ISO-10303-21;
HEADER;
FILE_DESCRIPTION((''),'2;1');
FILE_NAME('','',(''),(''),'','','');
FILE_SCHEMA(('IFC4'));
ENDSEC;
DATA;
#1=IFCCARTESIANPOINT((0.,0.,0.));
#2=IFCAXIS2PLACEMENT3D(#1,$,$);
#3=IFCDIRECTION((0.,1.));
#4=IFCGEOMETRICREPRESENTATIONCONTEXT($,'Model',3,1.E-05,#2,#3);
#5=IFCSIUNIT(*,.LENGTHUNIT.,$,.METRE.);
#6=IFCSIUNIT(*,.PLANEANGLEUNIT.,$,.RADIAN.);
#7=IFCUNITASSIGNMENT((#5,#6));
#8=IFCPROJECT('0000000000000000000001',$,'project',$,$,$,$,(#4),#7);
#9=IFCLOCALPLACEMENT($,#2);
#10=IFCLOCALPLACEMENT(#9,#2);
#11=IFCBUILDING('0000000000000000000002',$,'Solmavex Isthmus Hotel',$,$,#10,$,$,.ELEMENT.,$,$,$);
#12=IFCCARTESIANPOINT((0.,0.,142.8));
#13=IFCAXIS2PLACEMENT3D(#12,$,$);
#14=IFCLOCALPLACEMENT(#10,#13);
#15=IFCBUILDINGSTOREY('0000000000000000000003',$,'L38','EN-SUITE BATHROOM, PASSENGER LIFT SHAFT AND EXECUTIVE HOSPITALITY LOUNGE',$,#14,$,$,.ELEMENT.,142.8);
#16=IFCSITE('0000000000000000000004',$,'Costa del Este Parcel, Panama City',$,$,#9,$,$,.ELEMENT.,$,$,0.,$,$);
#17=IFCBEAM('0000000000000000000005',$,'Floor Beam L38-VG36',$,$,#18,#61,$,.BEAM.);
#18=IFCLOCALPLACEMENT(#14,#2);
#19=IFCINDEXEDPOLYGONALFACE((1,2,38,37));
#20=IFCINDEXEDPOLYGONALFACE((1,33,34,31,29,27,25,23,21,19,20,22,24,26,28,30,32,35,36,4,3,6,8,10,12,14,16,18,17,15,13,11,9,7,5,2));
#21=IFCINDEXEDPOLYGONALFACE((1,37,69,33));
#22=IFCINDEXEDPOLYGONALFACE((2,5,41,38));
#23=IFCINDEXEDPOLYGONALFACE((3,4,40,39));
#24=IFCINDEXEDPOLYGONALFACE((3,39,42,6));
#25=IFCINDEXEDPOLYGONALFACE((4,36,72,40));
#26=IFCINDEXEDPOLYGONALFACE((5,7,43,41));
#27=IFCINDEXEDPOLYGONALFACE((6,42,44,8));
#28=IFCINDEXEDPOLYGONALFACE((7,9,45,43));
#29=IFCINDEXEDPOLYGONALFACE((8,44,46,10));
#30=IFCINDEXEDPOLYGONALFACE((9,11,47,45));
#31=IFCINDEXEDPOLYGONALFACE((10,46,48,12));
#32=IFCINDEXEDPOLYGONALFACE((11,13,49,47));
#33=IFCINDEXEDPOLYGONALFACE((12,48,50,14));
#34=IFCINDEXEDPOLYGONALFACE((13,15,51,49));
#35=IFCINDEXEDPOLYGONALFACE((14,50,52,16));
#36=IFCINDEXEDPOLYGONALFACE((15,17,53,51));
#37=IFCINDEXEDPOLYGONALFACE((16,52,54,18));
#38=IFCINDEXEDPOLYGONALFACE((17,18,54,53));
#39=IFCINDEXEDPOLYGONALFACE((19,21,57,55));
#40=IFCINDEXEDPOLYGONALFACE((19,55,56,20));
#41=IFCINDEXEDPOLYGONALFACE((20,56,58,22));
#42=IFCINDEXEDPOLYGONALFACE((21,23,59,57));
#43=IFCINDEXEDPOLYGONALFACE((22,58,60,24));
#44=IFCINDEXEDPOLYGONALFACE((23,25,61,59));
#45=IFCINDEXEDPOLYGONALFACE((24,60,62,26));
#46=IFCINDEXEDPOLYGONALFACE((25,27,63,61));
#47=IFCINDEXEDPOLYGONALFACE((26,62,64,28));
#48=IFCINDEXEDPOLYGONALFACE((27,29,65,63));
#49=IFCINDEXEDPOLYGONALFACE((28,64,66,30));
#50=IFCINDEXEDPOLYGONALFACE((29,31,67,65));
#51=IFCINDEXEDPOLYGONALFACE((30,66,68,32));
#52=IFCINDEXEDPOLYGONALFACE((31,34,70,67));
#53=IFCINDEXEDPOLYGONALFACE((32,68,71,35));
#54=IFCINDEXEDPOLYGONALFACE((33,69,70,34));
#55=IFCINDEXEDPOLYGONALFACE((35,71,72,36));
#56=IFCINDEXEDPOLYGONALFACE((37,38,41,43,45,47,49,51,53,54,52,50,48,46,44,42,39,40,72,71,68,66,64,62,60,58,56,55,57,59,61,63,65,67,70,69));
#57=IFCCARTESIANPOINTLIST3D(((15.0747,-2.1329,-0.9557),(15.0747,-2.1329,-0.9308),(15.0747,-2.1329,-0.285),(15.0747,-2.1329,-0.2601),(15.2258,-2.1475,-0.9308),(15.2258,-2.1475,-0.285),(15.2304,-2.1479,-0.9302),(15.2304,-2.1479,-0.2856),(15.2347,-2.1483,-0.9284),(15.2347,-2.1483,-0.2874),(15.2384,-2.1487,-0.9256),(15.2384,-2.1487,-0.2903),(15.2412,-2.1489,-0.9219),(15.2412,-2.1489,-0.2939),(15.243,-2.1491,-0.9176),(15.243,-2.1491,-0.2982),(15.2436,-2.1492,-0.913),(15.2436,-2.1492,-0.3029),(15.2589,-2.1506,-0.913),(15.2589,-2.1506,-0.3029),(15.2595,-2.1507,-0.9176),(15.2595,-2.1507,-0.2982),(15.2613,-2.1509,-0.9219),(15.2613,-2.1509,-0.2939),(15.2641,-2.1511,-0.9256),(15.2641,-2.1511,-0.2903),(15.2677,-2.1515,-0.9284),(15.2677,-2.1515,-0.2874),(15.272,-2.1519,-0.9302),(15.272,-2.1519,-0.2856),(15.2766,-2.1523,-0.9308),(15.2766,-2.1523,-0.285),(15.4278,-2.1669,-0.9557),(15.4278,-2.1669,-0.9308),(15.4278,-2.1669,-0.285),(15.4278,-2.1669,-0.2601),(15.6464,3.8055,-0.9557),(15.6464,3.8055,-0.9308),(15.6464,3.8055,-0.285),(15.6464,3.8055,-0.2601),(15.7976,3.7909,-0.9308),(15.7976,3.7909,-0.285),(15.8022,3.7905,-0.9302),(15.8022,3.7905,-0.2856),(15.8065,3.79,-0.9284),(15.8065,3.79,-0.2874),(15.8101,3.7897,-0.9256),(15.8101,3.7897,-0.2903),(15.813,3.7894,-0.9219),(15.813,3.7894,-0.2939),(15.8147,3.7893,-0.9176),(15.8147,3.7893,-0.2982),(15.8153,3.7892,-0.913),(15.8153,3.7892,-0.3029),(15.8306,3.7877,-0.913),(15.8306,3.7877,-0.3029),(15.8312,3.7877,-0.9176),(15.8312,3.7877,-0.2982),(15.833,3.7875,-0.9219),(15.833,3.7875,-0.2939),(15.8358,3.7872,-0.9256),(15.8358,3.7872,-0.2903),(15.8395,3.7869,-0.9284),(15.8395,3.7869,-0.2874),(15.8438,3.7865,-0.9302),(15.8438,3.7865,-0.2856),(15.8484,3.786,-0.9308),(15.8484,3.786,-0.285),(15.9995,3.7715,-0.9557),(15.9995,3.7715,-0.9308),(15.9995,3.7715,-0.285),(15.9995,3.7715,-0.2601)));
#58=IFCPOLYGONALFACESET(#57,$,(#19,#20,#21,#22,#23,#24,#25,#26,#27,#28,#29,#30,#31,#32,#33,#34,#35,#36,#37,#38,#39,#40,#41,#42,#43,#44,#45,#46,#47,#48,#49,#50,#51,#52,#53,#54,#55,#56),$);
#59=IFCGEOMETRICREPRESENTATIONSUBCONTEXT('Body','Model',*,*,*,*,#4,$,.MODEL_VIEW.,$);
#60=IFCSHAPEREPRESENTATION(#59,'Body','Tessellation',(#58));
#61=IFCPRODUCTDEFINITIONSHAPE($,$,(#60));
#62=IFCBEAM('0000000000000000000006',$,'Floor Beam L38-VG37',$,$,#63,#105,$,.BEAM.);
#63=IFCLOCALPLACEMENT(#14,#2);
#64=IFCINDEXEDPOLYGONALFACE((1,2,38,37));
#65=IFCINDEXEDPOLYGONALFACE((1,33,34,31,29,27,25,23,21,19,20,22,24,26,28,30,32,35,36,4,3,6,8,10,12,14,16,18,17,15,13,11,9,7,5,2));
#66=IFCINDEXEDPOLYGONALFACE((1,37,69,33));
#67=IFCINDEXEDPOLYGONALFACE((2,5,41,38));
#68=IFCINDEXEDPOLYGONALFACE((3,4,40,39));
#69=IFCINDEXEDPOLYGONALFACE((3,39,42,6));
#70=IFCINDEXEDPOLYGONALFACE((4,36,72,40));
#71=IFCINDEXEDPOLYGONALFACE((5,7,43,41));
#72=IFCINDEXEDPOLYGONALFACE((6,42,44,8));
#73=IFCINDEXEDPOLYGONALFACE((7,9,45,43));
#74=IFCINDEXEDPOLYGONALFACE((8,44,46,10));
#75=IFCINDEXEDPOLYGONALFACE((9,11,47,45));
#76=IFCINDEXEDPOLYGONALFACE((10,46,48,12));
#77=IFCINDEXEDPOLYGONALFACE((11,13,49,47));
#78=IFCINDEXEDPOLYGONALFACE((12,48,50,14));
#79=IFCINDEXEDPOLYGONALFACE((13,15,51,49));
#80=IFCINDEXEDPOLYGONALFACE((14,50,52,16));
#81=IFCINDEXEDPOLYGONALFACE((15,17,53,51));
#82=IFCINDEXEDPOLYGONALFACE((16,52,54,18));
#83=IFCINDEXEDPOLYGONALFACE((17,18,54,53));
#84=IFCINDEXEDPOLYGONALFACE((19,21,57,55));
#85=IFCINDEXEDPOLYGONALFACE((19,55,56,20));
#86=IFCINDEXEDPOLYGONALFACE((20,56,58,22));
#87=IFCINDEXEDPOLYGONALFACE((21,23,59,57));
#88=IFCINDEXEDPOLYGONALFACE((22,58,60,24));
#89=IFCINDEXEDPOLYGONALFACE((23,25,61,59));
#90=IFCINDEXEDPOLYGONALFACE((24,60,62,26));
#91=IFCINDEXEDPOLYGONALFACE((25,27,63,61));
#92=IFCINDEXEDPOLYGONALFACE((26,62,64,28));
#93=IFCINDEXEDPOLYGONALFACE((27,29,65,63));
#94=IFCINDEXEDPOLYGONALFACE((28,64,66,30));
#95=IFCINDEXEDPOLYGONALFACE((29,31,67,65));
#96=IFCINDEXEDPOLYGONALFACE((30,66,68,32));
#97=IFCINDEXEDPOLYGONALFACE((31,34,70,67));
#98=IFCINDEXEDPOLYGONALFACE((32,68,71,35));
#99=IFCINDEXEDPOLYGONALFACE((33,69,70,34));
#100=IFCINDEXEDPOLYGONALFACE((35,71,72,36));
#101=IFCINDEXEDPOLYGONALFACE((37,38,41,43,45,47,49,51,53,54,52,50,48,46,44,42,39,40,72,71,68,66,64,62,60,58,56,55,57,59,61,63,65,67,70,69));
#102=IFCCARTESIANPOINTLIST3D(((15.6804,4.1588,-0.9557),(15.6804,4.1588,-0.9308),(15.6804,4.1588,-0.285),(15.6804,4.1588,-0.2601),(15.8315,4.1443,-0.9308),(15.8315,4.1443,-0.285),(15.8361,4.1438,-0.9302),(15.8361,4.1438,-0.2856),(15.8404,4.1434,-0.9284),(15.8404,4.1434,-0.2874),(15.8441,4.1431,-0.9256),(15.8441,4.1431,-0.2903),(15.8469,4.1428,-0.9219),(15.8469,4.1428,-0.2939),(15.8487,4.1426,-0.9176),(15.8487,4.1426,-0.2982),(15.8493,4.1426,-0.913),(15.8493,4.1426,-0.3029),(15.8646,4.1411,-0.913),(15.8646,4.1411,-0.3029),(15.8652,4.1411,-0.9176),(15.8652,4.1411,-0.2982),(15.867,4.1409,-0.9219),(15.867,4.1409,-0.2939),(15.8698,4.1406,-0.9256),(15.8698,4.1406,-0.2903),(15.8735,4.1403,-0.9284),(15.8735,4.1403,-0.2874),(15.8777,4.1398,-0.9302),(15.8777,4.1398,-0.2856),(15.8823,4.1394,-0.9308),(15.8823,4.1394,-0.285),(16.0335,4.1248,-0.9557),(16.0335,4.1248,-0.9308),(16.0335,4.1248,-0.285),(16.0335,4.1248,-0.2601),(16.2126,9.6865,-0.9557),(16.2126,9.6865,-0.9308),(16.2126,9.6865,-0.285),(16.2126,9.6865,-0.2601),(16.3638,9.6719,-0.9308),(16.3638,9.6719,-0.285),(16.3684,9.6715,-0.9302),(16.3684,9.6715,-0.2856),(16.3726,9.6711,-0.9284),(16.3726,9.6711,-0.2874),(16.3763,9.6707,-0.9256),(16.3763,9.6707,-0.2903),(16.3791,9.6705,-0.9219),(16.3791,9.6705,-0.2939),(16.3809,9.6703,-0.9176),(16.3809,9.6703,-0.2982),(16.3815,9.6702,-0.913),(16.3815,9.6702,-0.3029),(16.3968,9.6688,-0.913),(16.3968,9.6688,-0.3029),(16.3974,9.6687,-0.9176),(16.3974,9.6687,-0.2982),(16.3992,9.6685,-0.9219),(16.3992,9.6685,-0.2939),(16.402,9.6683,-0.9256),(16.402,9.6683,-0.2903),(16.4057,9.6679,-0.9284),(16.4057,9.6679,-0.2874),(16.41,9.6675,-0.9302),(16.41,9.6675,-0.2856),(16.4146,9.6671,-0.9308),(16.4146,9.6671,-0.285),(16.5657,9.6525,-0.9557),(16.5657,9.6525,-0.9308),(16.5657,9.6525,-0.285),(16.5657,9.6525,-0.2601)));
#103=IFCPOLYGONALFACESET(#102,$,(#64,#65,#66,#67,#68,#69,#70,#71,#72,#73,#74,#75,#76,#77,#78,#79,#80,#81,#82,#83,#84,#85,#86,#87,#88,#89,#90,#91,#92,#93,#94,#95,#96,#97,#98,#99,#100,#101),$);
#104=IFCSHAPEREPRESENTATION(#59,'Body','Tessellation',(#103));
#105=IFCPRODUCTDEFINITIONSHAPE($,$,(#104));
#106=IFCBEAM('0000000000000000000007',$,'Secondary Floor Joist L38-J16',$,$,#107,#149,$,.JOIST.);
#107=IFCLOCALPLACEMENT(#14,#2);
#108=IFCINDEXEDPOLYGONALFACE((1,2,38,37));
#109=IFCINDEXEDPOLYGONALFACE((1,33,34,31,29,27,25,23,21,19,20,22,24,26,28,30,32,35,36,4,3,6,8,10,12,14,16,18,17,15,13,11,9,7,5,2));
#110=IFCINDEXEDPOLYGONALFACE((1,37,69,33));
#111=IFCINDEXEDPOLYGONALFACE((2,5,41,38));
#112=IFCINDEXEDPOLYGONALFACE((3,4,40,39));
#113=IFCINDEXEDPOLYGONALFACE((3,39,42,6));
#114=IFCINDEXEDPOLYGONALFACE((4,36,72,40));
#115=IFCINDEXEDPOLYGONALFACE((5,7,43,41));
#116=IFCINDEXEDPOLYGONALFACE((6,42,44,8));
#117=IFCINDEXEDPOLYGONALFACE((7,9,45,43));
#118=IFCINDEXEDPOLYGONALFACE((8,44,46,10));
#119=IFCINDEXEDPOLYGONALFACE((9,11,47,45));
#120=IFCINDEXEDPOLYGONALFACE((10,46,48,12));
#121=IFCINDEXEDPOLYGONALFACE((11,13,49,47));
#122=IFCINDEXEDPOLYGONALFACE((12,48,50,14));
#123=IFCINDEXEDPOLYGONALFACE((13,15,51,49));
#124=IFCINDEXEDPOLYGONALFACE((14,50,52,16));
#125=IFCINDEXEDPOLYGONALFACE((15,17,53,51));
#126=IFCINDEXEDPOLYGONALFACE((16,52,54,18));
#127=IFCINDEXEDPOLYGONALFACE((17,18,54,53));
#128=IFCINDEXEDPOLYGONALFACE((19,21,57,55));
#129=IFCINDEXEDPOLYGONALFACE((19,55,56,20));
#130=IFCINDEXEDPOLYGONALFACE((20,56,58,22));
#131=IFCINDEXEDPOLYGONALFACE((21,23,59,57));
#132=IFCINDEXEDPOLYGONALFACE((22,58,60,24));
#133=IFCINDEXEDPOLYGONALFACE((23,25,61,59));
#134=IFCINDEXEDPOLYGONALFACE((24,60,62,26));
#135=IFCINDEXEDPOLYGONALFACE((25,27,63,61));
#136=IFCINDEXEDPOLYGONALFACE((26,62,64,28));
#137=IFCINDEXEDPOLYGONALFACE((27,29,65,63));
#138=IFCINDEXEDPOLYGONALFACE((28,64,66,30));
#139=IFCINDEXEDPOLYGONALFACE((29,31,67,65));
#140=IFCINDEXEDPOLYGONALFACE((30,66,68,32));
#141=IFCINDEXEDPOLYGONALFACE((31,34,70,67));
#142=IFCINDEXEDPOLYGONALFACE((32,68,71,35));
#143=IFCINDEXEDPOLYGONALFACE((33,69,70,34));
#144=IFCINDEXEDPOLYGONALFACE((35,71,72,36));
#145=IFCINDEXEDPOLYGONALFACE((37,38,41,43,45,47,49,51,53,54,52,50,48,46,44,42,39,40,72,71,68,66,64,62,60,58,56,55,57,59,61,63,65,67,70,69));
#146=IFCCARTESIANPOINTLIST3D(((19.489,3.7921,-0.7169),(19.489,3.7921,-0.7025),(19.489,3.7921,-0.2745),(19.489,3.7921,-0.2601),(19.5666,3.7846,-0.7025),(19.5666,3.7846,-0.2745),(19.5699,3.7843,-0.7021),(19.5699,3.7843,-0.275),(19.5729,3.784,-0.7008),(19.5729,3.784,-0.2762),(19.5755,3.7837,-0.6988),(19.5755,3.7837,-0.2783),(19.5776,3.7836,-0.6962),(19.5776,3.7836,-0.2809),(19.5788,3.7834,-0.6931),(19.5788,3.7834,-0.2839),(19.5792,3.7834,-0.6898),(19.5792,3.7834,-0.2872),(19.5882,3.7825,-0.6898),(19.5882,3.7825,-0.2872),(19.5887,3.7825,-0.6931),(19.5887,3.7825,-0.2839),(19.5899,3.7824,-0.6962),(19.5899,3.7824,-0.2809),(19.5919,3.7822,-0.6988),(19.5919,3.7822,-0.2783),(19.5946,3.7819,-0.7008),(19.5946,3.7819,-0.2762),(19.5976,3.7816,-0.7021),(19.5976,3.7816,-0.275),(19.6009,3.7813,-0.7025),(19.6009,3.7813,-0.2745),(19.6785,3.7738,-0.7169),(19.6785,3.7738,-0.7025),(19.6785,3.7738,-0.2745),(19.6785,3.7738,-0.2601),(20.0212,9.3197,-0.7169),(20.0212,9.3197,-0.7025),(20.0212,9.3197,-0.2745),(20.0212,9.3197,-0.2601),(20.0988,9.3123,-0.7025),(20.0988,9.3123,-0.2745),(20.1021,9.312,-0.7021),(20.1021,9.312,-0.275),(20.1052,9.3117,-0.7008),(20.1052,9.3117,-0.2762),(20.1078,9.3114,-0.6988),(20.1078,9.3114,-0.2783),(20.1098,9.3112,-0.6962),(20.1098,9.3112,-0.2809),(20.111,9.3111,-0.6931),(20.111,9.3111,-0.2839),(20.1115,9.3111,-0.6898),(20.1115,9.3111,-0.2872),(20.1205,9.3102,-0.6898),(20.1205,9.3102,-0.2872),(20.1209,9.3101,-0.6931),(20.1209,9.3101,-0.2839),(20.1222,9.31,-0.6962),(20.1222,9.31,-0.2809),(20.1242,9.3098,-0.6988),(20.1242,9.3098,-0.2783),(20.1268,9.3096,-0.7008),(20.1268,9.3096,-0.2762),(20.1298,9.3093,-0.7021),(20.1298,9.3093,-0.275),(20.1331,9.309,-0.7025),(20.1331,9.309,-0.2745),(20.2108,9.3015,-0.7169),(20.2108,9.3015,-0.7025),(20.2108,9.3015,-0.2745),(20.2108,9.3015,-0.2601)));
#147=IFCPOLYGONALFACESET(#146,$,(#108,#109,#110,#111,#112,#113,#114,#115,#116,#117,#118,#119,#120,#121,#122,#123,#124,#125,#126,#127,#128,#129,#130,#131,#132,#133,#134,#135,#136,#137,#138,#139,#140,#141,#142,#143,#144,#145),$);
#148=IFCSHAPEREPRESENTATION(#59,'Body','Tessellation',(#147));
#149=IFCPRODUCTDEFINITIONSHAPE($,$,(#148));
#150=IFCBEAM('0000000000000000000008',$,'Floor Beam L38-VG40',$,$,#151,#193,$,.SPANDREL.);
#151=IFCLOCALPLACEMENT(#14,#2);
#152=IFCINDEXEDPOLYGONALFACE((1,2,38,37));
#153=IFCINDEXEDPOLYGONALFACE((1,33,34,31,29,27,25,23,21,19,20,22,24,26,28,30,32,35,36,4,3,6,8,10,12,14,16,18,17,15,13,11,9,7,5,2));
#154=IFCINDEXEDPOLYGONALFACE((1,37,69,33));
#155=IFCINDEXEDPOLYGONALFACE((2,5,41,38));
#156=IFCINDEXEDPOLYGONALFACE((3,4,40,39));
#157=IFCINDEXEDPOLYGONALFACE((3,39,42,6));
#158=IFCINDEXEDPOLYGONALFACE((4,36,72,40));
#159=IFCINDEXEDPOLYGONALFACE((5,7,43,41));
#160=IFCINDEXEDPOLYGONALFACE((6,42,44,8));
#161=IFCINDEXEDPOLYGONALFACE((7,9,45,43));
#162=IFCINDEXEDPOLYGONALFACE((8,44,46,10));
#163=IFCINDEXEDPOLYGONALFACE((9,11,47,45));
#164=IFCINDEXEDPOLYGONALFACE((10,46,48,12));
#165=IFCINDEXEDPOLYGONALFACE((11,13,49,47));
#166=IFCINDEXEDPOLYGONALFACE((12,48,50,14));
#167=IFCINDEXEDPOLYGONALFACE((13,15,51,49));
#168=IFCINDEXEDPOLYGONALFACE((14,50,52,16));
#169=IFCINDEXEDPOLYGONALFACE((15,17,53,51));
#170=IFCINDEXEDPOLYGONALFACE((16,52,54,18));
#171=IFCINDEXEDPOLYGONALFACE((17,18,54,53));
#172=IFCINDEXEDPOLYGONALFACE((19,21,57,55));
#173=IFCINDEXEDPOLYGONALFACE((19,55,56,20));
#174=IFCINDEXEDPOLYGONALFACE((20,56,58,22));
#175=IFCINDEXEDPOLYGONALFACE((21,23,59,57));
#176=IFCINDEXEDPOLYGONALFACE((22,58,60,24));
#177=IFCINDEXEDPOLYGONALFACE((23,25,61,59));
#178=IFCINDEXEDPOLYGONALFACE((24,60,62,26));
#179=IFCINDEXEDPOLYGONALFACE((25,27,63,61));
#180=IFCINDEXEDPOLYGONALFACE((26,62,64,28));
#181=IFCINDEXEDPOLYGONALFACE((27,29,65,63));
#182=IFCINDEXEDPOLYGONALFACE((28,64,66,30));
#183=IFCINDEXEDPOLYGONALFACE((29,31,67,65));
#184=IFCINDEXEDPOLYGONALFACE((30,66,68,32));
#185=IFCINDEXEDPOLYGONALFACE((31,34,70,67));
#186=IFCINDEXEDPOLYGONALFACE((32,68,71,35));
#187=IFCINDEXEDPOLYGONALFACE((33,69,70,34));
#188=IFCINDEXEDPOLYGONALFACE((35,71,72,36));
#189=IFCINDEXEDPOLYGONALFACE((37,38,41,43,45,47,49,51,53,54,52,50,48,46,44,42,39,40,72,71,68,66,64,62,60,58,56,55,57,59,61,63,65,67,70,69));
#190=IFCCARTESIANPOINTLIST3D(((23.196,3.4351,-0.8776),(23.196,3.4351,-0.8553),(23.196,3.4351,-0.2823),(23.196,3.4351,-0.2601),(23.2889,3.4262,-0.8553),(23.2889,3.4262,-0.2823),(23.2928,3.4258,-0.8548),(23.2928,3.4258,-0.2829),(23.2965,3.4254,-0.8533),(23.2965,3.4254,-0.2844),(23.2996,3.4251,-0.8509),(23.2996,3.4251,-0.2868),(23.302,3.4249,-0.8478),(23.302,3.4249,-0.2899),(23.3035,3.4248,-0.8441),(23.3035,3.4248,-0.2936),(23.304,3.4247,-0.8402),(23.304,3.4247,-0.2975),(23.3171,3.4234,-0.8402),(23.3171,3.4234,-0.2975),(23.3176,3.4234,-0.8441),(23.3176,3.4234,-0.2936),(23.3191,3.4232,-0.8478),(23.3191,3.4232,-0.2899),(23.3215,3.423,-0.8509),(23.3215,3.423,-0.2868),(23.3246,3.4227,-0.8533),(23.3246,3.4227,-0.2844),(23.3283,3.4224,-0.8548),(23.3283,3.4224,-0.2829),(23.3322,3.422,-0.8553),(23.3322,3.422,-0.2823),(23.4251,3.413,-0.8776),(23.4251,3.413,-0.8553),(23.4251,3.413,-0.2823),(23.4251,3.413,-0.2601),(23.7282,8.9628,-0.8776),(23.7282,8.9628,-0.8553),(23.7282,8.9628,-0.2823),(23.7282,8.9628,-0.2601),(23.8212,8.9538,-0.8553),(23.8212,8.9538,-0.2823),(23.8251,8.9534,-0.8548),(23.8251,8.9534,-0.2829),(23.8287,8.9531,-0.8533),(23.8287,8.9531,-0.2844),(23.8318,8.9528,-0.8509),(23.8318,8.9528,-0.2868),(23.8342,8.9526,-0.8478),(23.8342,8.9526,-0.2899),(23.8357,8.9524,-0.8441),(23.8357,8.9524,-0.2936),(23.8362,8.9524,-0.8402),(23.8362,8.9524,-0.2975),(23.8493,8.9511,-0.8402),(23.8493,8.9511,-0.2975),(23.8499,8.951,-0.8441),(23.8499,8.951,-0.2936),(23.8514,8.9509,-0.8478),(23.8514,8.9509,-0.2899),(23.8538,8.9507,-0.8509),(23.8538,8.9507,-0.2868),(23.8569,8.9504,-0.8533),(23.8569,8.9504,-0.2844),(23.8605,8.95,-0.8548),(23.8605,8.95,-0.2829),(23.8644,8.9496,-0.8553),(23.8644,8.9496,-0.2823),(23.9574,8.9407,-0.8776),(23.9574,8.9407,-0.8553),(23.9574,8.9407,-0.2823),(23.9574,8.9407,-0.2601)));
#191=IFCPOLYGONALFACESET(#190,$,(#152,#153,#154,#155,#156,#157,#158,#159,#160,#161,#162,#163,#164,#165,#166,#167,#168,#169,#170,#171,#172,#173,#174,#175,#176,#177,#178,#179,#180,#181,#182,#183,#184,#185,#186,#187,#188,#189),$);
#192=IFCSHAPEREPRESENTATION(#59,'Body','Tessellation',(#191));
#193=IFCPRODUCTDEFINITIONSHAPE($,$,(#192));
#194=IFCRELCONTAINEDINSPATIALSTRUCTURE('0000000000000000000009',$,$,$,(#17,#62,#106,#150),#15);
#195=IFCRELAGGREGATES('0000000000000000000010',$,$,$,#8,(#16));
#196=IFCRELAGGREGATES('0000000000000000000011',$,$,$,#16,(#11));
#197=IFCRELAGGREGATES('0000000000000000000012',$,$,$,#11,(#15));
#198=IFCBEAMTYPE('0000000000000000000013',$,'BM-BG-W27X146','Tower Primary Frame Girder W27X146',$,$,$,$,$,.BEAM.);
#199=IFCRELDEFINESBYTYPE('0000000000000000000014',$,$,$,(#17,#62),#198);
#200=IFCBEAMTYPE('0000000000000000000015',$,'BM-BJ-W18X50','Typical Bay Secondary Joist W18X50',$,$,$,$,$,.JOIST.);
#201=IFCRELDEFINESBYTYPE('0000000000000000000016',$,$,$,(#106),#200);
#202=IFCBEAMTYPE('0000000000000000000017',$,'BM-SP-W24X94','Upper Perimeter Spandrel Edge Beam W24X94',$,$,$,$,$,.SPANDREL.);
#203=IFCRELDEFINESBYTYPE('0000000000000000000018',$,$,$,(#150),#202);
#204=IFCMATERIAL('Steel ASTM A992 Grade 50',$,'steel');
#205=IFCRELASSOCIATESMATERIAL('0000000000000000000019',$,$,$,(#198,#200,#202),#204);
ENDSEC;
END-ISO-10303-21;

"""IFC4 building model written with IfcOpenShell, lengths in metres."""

from ifc_helpers import new_model, si_unit, direction, frame, origin, origin_2d, place, context, subcontext, project, spatial, i_section, extrude, material, material_profile, profile_set, type_object, element, save


model = new_model("IFC4")

# Units and contexts
model_context = context("Model", 3, precision=1e-05, world=origin(), true_north=direction((0.0, 1.0)))
body_context = subcontext(model_context, "Body", "Model", "MODEL_VIEW")
ifc_project = project(units=[si_unit("LENGTHUNIT", "METRE"), si_unit("PLANEANGLEUNIT", "RADIAN")], contexts=[model_context])

# Site, building, storey
site_placement = place(None, origin())
site = spatial("IfcSite", under=ifc_project, at=site_placement, Name="Costa del Este Parcel, Panama City", CompositionType="ELEMENT", RefElevation=0.0)
building_placement = place(site_placement, origin())
building = spatial("IfcBuilding", under=site, at=building_placement, Name="Solmavex Isthmus Hotel", CompositionType="ELEMENT")
storey_placement = place(building_placement, frame((0.0, 0.0, 142.8)))
storey = spatial("IfcBuildingStorey", under=building, at=storey_placement, Name="L38", Description="EN-SUITE BATHROOM, PASSENGER LIFT SHAFT AND EXECUTIVE HOSPITALITY LOUNGE", CompositionType="ELEMENT", Elevation=142.8)

# Beams
ifc_material_1 = material(Name="Steel ASTM A992 Grade 50", Category="steel")
ifc_material_profile_1 = material_profile(ifc_material_1, i_section(OverallWidth=0.3547, OverallDepth=0.6956, WebThickness=0.0154, FlangeThickness=0.0249, FilletRadius=0.0178, at=origin_2d()), Name="W27X146")
ifc_profile_set_1 = profile_set([ifc_material_profile_1], Name="Steel ASTM A992 Grade 50")
beam_type_1 = type_object("IfcBeamType", Name="BM-BG-W27X146", Description="Tower Primary Frame Girder W27X146", PredefinedType="BEAM", material=ifc_profile_set_1)
beam_1_placement = place(storey_placement, frame((15.2512, -2.1499, -0.6079), z_axis=(0.09584, 0.995397, 0.0), x_axis=(-0.995397, 0.09584, 0.0)))
element("IfcBeam", 1, at=beam_1_placement, inside=storey, type_object=beam_type_1, Name="Floor Beam L38-VG36", PredefinedType="BEAM", context=body_context, shape_type="SweptSolid", body=[
    extrude(i_section(OverallWidth=0.3547, OverallDepth=0.6956, WebThickness=0.0154, FlangeThickness=0.0249, FilletRadius=0.0178, at=origin_2d()), origin(), (0.0, 0.0, 1.0), 5.9658),
])
beam_2_placement = place(storey_placement, frame((15.8569, 4.1418, -0.6079), z_axis=(0.095842, 0.995397, 0.0), x_axis=(-0.995397, 0.095842, 0.0)))
element("IfcBeam", 2, at=beam_2_placement, inside=storey, type_object=beam_type_1, Name="Floor Beam L38-VG37", PredefinedType="BEAM", context=body_context, shape_type="SweptSolid", body=[
    extrude(i_section(OverallWidth=0.3547, OverallDepth=0.6956, WebThickness=0.0154, FlangeThickness=0.0249, FilletRadius=0.0178, at=origin_2d()), origin(), (0.0, 0.0, 1.0), 5.5532),
])
ifc_material_profile_2 = material_profile(ifc_material_1, i_section(OverallWidth=0.1904, OverallDepth=0.4568, WebThickness=0.009, FlangeThickness=0.0144, FilletRadius=0.0127, at=origin_2d()), Name="W18X50")
ifc_profile_set_2 = profile_set([ifc_material_profile_2], Name="Steel ASTM A992 Grade 50")
beam_type_2 = type_object("IfcBeamType", Name="BM-BJ-W18X50", Description="Typical Bay Secondary Joist W18X50", PredefinedType="JOIST", material=ifc_profile_set_2)
beam_3_placement = place(storey_placement, frame((19.5837, 3.783, -0.4885), z_axis=(0.095842, 0.995397, 0.0), x_axis=(-0.995397, 0.095842, 0.0)))
element("IfcBeam", 3, at=beam_3_placement, inside=storey, type_object=beam_type_2, Name="Secondary Floor Joist L38-J16", PredefinedType="JOIST", context=body_context, shape_type="SweptSolid", body=[
    extrude(i_section(OverallWidth=0.1904, OverallDepth=0.4568, WebThickness=0.009, FlangeThickness=0.0144, FilletRadius=0.0127, at=origin_2d()), origin(), (0.0, 0.0, 1.0), 5.5532),
])
ifc_material_profile_3 = material_profile(ifc_material_1, i_section(OverallWidth=0.2302, OverallDepth=0.6174, WebThickness=0.0132, FlangeThickness=0.0222, FilletRadius=0.0151, at=origin_2d()), Name="W24X94")
ifc_profile_set_3 = profile_set([ifc_material_profile_3], Name="Steel ASTM A992 Grade 50")
beam_type_3 = type_object("IfcBeamType", Name="BM-SP-W24X94", Description="Upper Perimeter Spandrel Edge Beam W24X94", PredefinedType="SPANDREL", material=ifc_profile_set_3)
beam_4_placement = place(storey_placement, frame((23.3105, 3.4241, -0.5688), z_axis=(0.095842, 0.995397, 0.0), x_axis=(-0.995397, 0.095842, 0.0)))
element("IfcBeam", 4, at=beam_4_placement, inside=storey, type_object=beam_type_3, Name="Floor Beam L38-VG40", PredefinedType="SPANDREL", context=body_context, shape_type="SweptSolid", body=[
    extrude(i_section(OverallWidth=0.2302, OverallDepth=0.6174, WebThickness=0.0132, FlangeThickness=0.0222, FilletRadius=0.0151, at=origin_2d()), origin(), (0.0, 0.0, 1.0), 5.5532),
])

save(model, "model.ifc")
